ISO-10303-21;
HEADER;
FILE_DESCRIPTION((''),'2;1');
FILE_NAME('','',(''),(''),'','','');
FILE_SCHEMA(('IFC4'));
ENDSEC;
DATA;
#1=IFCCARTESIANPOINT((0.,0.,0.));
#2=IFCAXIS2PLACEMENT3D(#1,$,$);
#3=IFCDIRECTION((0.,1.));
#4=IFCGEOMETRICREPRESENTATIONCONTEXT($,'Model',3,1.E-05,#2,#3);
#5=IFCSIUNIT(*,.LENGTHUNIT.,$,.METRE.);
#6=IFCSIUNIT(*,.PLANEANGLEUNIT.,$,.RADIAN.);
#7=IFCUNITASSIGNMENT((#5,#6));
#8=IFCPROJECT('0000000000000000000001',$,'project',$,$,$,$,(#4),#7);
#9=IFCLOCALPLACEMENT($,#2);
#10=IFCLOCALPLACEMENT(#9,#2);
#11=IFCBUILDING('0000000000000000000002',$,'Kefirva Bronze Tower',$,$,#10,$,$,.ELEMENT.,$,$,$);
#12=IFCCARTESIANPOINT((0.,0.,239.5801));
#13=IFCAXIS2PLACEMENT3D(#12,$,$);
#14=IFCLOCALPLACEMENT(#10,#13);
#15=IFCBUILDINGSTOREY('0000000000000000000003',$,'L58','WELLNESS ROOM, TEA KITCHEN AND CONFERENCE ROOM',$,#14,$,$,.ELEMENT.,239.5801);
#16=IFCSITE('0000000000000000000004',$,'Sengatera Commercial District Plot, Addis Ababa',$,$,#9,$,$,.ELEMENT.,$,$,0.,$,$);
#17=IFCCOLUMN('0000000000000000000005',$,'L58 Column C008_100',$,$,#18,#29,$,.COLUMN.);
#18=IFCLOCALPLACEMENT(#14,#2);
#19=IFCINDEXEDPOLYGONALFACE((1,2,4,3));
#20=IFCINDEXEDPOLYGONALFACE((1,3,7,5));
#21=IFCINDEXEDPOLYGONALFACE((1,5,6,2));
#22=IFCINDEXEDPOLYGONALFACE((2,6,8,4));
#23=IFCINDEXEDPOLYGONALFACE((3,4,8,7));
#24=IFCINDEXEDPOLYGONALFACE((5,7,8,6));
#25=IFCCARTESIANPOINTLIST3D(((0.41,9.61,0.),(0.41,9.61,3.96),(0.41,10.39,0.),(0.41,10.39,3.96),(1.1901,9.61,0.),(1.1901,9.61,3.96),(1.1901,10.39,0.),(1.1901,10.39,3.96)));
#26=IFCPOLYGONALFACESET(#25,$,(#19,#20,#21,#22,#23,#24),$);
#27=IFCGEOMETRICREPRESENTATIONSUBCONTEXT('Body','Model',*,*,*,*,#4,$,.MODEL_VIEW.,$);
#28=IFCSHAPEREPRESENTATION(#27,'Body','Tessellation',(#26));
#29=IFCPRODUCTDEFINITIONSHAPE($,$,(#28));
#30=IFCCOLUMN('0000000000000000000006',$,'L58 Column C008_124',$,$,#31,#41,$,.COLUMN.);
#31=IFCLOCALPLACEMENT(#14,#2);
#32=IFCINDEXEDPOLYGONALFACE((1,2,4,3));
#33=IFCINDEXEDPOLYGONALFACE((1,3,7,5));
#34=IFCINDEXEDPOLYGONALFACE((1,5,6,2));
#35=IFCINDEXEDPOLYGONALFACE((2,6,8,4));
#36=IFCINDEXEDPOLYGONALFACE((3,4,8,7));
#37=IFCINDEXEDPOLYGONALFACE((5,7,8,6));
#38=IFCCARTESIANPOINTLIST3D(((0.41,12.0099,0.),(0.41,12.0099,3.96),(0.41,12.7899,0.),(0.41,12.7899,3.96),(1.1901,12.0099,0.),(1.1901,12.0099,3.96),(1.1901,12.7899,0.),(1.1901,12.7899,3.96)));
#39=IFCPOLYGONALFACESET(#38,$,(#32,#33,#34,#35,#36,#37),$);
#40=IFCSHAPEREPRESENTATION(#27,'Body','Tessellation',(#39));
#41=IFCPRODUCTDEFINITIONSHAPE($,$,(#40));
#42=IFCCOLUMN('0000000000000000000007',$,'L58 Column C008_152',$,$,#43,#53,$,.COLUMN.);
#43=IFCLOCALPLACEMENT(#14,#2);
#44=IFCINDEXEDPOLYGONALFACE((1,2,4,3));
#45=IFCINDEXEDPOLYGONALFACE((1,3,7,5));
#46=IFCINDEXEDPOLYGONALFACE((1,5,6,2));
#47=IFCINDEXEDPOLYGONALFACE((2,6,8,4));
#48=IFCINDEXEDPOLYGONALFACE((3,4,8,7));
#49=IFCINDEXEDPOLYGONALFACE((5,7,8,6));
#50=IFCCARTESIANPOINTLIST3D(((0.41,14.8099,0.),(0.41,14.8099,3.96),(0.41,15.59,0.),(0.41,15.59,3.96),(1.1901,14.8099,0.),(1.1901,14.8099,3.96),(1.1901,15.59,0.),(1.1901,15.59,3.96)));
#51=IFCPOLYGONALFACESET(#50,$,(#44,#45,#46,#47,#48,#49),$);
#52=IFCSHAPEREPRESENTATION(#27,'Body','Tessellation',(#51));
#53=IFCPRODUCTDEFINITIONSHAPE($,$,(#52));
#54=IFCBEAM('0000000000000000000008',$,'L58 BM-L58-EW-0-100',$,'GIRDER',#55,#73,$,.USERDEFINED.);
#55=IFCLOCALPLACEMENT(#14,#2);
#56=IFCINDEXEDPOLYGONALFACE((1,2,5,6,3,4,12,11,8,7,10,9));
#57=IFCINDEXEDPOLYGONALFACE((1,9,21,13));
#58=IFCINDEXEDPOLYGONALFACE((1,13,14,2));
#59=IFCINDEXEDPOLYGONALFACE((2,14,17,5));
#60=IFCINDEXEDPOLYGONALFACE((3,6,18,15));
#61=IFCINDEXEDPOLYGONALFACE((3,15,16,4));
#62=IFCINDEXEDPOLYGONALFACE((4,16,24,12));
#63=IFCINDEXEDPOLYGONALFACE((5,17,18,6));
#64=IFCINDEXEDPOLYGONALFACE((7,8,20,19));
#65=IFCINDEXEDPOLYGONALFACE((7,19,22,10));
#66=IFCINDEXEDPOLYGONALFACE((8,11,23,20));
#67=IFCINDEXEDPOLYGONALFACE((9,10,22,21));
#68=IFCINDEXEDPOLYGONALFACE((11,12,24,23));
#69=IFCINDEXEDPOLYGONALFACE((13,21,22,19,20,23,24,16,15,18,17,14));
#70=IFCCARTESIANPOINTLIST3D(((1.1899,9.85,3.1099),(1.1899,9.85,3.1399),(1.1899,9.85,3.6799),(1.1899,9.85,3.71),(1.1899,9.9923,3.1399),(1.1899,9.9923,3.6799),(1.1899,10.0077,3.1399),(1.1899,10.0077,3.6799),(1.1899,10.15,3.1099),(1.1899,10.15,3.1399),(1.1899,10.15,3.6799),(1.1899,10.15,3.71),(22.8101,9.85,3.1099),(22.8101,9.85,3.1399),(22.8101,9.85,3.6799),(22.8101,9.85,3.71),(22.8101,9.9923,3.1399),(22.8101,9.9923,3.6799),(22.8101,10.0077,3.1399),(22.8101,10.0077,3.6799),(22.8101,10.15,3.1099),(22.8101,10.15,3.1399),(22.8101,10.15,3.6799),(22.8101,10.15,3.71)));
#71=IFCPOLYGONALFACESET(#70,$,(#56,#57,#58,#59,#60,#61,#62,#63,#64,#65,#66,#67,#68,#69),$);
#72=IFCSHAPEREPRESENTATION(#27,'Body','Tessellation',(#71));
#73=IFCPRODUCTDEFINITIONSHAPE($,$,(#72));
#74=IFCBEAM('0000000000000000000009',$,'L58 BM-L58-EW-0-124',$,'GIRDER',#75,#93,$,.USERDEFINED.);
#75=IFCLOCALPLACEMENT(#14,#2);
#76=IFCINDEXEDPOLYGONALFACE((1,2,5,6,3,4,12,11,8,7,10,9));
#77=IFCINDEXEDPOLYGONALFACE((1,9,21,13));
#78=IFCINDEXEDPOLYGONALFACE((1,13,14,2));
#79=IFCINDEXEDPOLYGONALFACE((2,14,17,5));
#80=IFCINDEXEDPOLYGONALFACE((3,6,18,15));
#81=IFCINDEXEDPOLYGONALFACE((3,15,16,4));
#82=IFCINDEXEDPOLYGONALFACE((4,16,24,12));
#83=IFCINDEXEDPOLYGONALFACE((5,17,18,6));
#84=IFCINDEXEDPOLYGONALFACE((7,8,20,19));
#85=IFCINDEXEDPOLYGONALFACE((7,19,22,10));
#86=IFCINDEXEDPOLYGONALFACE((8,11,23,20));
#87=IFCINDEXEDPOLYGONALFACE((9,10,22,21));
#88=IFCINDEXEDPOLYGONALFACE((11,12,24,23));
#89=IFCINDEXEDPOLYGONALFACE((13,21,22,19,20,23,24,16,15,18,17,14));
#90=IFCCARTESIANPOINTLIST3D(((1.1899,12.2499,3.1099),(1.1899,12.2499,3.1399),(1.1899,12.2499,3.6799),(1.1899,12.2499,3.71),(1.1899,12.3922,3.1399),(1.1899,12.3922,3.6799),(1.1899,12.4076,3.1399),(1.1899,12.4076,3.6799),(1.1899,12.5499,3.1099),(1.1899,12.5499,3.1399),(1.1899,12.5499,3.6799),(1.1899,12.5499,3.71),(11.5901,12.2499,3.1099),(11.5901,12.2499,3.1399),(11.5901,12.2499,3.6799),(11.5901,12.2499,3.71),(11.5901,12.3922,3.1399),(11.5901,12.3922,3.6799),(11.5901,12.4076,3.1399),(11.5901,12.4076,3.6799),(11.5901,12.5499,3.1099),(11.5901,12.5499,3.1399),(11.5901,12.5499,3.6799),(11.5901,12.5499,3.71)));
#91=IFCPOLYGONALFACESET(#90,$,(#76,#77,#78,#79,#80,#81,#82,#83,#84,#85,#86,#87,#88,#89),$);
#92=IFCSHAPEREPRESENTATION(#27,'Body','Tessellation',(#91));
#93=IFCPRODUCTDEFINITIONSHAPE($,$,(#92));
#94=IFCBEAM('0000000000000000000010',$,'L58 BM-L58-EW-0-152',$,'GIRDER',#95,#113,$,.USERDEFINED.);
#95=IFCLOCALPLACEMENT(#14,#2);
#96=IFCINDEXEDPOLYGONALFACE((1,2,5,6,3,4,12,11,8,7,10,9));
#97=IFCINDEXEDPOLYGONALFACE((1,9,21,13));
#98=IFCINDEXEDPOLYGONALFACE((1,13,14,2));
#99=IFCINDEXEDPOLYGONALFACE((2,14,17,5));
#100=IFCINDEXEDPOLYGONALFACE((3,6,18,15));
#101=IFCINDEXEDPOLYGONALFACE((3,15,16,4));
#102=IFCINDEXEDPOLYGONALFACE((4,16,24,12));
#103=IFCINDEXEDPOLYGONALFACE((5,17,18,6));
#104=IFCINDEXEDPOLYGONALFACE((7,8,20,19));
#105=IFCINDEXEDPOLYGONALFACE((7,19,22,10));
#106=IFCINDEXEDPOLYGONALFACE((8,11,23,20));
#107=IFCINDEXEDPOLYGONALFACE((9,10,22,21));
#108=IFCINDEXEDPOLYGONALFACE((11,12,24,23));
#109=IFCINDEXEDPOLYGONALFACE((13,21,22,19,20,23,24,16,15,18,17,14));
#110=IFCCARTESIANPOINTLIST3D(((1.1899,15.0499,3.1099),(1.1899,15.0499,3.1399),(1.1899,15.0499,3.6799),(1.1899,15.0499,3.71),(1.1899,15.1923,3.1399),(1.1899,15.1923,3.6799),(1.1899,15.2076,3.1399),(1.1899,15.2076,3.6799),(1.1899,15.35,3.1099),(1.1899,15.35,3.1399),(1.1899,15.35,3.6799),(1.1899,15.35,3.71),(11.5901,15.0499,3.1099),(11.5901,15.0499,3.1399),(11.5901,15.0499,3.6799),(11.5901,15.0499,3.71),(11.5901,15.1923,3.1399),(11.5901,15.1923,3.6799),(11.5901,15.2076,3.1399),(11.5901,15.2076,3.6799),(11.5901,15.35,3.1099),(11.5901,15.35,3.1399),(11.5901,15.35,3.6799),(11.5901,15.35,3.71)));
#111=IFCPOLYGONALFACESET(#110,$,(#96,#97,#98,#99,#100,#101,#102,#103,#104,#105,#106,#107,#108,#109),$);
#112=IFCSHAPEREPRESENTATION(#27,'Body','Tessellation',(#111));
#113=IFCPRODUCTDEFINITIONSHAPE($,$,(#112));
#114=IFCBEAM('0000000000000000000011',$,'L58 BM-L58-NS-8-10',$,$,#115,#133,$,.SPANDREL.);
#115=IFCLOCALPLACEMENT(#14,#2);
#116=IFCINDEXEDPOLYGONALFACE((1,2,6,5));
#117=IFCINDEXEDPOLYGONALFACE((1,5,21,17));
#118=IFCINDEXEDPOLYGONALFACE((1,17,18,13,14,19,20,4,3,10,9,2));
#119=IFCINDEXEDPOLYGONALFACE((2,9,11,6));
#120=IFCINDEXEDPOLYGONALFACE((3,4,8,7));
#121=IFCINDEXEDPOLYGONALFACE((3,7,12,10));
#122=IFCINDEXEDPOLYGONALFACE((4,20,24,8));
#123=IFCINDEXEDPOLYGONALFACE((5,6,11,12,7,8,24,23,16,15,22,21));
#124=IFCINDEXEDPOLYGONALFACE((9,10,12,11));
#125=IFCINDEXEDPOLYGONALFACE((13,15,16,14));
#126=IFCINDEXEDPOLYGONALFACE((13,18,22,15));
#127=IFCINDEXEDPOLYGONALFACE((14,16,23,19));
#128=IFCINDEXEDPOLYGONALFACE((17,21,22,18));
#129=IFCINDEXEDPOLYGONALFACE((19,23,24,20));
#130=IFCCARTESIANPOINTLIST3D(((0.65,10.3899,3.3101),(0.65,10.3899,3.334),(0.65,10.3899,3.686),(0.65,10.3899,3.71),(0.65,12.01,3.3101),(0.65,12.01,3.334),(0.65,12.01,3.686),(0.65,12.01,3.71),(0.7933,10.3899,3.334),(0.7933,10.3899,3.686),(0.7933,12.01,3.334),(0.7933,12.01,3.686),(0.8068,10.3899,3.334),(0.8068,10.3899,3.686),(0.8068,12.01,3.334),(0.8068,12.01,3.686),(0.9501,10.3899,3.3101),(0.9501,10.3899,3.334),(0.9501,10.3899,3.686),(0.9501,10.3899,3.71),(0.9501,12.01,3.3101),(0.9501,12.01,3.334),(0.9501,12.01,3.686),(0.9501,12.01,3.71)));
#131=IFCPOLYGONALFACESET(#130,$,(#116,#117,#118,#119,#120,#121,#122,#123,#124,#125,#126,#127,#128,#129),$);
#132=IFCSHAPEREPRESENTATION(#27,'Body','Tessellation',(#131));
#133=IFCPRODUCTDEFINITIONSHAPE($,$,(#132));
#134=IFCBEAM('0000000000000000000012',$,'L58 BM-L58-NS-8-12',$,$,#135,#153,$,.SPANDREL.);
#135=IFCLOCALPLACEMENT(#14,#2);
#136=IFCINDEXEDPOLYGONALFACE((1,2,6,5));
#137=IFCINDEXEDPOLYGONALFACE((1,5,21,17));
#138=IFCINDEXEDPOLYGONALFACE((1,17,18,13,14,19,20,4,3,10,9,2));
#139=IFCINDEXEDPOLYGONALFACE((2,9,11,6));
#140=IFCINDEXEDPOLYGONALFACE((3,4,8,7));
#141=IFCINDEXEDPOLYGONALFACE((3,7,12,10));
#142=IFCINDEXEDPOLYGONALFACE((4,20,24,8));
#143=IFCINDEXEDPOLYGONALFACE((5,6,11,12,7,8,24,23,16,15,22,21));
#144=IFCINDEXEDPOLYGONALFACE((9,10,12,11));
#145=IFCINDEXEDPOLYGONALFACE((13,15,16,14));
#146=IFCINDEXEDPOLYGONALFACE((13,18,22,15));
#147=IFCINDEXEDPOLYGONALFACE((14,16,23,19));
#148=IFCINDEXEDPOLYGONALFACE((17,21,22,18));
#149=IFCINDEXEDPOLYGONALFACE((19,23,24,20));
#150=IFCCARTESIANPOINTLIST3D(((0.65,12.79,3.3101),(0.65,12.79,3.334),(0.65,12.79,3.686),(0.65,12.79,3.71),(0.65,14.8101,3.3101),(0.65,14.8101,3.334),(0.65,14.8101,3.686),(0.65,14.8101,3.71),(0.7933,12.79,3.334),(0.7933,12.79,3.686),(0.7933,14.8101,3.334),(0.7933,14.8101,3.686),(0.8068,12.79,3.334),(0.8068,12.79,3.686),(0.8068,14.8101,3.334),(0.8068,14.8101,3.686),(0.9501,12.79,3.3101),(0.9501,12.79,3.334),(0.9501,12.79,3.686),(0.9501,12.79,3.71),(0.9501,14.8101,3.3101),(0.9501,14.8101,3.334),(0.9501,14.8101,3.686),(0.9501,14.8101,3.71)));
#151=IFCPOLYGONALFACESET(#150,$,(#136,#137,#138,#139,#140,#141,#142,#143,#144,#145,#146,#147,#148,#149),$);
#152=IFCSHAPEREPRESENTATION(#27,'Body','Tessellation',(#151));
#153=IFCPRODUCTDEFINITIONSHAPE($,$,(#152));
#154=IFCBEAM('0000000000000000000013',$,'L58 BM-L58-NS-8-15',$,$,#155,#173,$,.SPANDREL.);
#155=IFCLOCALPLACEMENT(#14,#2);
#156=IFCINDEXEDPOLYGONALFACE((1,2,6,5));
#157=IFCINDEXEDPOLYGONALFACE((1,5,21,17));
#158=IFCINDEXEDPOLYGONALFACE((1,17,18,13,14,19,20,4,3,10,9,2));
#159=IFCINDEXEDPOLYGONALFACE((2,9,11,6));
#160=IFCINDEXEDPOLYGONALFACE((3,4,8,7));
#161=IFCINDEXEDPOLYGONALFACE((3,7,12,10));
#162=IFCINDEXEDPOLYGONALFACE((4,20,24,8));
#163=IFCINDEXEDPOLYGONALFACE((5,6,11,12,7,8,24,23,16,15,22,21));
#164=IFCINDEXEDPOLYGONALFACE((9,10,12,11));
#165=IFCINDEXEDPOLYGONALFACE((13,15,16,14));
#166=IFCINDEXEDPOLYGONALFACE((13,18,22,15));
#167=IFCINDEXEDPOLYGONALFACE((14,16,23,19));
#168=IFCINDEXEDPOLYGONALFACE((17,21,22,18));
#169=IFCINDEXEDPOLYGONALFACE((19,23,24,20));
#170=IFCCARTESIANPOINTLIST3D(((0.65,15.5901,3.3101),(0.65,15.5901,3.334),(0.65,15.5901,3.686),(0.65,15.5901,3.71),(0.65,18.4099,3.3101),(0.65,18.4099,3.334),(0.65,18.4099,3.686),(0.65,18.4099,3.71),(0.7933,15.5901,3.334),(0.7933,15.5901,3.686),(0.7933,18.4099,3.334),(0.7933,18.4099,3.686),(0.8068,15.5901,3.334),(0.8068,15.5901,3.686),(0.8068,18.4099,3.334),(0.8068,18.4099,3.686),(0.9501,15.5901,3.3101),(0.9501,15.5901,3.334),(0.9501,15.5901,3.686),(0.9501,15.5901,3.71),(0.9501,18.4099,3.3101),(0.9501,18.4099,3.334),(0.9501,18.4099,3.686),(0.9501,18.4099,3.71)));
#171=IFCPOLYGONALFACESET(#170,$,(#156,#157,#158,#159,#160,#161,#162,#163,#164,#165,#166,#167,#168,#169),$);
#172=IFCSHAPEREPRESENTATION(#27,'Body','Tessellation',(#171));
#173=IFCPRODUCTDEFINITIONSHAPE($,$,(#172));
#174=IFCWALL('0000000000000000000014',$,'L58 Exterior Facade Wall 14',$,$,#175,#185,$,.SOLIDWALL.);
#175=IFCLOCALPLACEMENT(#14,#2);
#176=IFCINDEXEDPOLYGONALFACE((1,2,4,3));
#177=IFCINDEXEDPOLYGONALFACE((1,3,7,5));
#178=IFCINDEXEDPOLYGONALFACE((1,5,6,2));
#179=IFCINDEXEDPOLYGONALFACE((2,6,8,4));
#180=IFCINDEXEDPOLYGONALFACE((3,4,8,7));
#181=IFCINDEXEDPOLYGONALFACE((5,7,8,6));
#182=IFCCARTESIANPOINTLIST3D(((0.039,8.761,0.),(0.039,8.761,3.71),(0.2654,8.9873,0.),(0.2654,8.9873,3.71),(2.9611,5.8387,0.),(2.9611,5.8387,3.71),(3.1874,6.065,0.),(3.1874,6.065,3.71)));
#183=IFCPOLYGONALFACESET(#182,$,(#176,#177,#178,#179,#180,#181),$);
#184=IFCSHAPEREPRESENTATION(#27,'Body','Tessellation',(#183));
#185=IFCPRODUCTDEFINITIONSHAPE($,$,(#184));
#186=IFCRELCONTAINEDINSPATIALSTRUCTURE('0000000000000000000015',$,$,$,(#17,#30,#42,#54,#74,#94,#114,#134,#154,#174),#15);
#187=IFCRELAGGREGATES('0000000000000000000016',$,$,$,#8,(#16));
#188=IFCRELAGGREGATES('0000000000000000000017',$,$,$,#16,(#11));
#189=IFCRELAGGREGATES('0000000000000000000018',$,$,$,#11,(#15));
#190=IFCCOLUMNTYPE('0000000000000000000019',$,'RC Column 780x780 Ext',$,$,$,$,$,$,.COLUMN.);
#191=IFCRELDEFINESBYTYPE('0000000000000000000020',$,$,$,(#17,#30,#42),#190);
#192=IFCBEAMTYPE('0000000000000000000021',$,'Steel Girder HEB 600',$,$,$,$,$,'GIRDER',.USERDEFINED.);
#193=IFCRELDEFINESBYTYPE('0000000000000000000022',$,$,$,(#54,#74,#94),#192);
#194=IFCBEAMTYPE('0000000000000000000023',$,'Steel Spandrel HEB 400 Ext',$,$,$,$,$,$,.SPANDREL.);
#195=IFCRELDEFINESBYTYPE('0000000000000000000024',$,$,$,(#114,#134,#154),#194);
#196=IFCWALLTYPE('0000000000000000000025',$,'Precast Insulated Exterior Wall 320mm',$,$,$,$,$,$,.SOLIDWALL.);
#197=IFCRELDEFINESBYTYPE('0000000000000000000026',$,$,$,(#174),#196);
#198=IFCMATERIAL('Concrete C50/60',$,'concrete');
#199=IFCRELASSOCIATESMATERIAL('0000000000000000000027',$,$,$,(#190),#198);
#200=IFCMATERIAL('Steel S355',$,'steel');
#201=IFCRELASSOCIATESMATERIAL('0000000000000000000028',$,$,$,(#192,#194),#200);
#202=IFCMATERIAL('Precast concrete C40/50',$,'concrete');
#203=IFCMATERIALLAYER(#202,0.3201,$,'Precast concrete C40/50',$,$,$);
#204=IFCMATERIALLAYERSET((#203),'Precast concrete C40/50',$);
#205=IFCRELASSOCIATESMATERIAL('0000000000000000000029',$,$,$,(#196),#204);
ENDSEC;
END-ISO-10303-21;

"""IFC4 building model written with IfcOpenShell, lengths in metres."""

from ifc_helpers import new_model, si_unit, direction, frame, frame_2d, origin, origin_2d, place, context, subcontext, project, spatial, rectangle, i_section, extrude, material, layer, layer_set, material_profile, profile_set, type_object, element, save


model = new_model("IFC4")

# Units and contexts
model_context = context("Model", 3, precision=1e-05, world=origin(), true_north=direction((0.0, 1.0)))
body_context = subcontext(model_context, "Body", "Model", "MODEL_VIEW")
ifc_project = project(units=[si_unit("LENGTHUNIT", "METRE"), si_unit("PLANEANGLEUNIT", "RADIAN")], contexts=[model_context])

# Site, building, storey
site_placement = place(None, origin())
site = spatial("IfcSite", under=ifc_project, at=site_placement, Name="Sengatera Commercial District Plot, Addis Ababa", CompositionType="ELEMENT", RefElevation=0.0)
building_placement = place(site_placement, origin())
building = spatial("IfcBuilding", under=site, at=building_placement, Name="Kefirva Bronze Tower", CompositionType="ELEMENT")
storey_placement = place(building_placement, frame((0.0, 0.0, 239.5801)))
storey = spatial("IfcBuildingStorey", under=building, at=storey_placement, Name="L58", Description="WELLNESS ROOM, TEA KITCHEN AND CONFERENCE ROOM", CompositionType="ELEMENT", Elevation=239.5801)

# Columns
ifc_material_1 = material(Name="Concrete C50/60", Category="concrete")
ifc_material_profile_1 = material_profile(ifc_material_1, rectangle(XDim=0.78, YDim=0.78, at=origin_2d()), Name="RC 780x780")
ifc_profile_set_1 = profile_set([ifc_material_profile_1], Name="Concrete C50/60")
column_type = type_object("IfcColumnType", Name="RC Column 780x780 Ext", PredefinedType="COLUMN", material=ifc_profile_set_1)
for number, where, z_axis, x_axis, name in (
    (1, (0.8, 10.0, 0.0), (0.0, 0.0, 1.0), (1.0, 0.0, 0.0), "L58 Column C008_100"),
    (2, (0.8, 12.3999, 0.0), (0.0, 0.0, 1.0), (1.0, 0.0, 0.0), "L58 Column C008_124"),
    (3, (0.8, 15.2, 0.0), (0.0, 0.0, 1.0), (1.0, 0.0, 0.0), "L58 Column C008_152"),
):
    element("IfcColumn", number, at=place(storey_placement, frame(where, z_axis=z_axis, x_axis=x_axis)), inside=storey, type_object=column_type, Name=name, PredefinedType="COLUMN", context=body_context, shape_type="SweptSolid", body=[
        extrude(rectangle(XDim=0.78, YDim=0.78, at=origin_2d()), origin(), (0.0, 0.0, 1.0), 3.96),
    ])

# Beams
ifc_material_2 = material(Name="Steel S355", Category="steel")
ifc_material_profile_2 = material_profile(ifc_material_2, i_section(OverallWidth=0.3, OverallDepth=0.6001, WebThickness=0.0154, FlangeThickness=0.03, at=origin_2d()), Name="HEB 600")
ifc_profile_set_2 = profile_set([ifc_material_profile_2], Name="Steel S355")
beam_type_1 = type_object("IfcBeamType", Name="Steel Girder HEB 600", ElementType="GIRDER", PredefinedType="USERDEFINED", material=ifc_profile_set_2)
beam_1_placement = place(storey_placement, frame((1.1899, 10.0, 3.4099), z_axis=(1.0, 0.0, 0.0), x_axis=(0.0, 1.0, 0.0)))
element("IfcBeam", 4, at=beam_1_placement, inside=storey, type_object=beam_type_1, Name="L58 BM-L58-EW-0-100", ObjectType="GIRDER", PredefinedType="USERDEFINED", context=body_context, shape_type="SweptSolid", body=[
    extrude(i_section(OverallWidth=0.3, OverallDepth=0.6001, WebThickness=0.0154, FlangeThickness=0.03, at=origin_2d()), origin(), (0.0, 0.0, 1.0), 21.6201),
])
for number, where, z_axis, x_axis, name in (
    (5, (1.1899, 12.3999, 3.4099), (1.0, 0.0, 0.0), (0.0, 1.0, 0.0), "L58 BM-L58-EW-0-124"),
    (6, (1.1899, 15.2, 3.4099), (1.0, 0.0, 0.0), (0.0, 1.0, 0.0), "L58 BM-L58-EW-0-152"),
):
    element("IfcBeam", number, at=place(storey_placement, frame(where, z_axis=z_axis, x_axis=x_axis)), inside=storey, type_object=beam_type_1, Name=name, ObjectType="GIRDER", PredefinedType="USERDEFINED", context=body_context, shape_type="SweptSolid", body=[
        extrude(i_section(OverallWidth=0.3, OverallDepth=0.6001, WebThickness=0.0154, FlangeThickness=0.03, at=origin_2d()), origin(), (0.0, 0.0, 1.0), 10.4001),
    ])
ifc_material_profile_3 = material_profile(ifc_material_2, i_section(OverallWidth=0.3, OverallDepth=0.3999, WebThickness=0.0134, FlangeThickness=0.0239, at=origin_2d()), Name="HEB 400")
ifc_profile_set_3 = profile_set([ifc_material_profile_3], Name="Steel S355")
beam_type_2 = type_object("IfcBeamType", Name="Steel Spandrel HEB 400 Ext", PredefinedType="SPANDREL", material=ifc_profile_set_3)
beam_2_placement = place(storey_placement, frame((0.8, 10.3899, 3.51), z_axis=(0.0, 1.0, 0.0), x_axis=(-1.0, 0.0, 0.0)))
element("IfcBeam", 7, at=beam_2_placement, inside=storey, type_object=beam_type_2, Name="L58 BM-L58-NS-8-10", PredefinedType="SPANDREL", context=body_context, shape_type="SweptSolid", body=[
    extrude(i_section(OverallWidth=0.3, OverallDepth=0.3999, WebThickness=0.0134, FlangeThickness=0.0239, at=origin_2d()), origin(), (0.0, 0.0, 1.0), 1.6201),
])
beam_3_placement = place(storey_placement, frame((0.8, 12.79, 3.51), z_axis=(0.0, 1.0, 0.0), x_axis=(-1.0, 0.0, 0.0)))
element("IfcBeam", 8, at=beam_3_placement, inside=storey, type_object=beam_type_2, Name="L58 BM-L58-NS-8-12", PredefinedType="SPANDREL", context=body_context, shape_type="SweptSolid", body=[
    extrude(i_section(OverallWidth=0.3, OverallDepth=0.3999, WebThickness=0.0134, FlangeThickness=0.0239, at=origin_2d()), origin(), (0.0, 0.0, 1.0), 2.02),
])
beam_4_placement = place(storey_placement, frame((0.8, 15.5901, 3.51), z_axis=(0.0, 1.0, 0.0), x_axis=(-1.0, 0.0, 0.0)))
element("IfcBeam", 9, at=beam_4_placement, inside=storey, type_object=beam_type_2, Name="L58 BM-L58-NS-8-15", PredefinedType="SPANDREL", context=body_context, shape_type="SweptSolid", body=[
    extrude(i_section(OverallWidth=0.3, OverallDepth=0.3999, WebThickness=0.0134, FlangeThickness=0.0239, at=origin_2d()), origin(), (0.0, 0.0, 1.0), 2.8198),
])

# Wall
ifc_material_3 = material(Name="Precast concrete C40/50", Category="concrete")
ifc_layer_1 = layer(ifc_material_3, 0.3201, Name="Precast concrete C40/50")
ifc_layer_set_1 = layer_set([ifc_layer_1], Name="Precast concrete C40/50")
wall_type_1 = type_object("IfcWallType", Name="Precast Insulated Exterior Wall 320mm", PredefinedType="SOLIDWALL", material=ifc_layer_set_1)
wall_1_placement = place(storey_placement, frame((0.1521, 8.8743, 0.0), z_axis=(0.0, 0.0, 1.0), x_axis=(0.707077, -0.707136, 0.0)))
element("IfcWall", 10, at=wall_1_placement, inside=storey, type_object=wall_type_1, Name="L58 Exterior Facade Wall 14", PredefinedType="SOLIDWALL", context=body_context, shape_type="SweptSolid", body=[
    extrude(rectangle(XDim=4.1326, YDim=0.3201, at=frame_2d((2.0664, 0.0))), origin(), (0.0, 0.0, 1.0), 3.71),
])

save(model, "model.ifc")
